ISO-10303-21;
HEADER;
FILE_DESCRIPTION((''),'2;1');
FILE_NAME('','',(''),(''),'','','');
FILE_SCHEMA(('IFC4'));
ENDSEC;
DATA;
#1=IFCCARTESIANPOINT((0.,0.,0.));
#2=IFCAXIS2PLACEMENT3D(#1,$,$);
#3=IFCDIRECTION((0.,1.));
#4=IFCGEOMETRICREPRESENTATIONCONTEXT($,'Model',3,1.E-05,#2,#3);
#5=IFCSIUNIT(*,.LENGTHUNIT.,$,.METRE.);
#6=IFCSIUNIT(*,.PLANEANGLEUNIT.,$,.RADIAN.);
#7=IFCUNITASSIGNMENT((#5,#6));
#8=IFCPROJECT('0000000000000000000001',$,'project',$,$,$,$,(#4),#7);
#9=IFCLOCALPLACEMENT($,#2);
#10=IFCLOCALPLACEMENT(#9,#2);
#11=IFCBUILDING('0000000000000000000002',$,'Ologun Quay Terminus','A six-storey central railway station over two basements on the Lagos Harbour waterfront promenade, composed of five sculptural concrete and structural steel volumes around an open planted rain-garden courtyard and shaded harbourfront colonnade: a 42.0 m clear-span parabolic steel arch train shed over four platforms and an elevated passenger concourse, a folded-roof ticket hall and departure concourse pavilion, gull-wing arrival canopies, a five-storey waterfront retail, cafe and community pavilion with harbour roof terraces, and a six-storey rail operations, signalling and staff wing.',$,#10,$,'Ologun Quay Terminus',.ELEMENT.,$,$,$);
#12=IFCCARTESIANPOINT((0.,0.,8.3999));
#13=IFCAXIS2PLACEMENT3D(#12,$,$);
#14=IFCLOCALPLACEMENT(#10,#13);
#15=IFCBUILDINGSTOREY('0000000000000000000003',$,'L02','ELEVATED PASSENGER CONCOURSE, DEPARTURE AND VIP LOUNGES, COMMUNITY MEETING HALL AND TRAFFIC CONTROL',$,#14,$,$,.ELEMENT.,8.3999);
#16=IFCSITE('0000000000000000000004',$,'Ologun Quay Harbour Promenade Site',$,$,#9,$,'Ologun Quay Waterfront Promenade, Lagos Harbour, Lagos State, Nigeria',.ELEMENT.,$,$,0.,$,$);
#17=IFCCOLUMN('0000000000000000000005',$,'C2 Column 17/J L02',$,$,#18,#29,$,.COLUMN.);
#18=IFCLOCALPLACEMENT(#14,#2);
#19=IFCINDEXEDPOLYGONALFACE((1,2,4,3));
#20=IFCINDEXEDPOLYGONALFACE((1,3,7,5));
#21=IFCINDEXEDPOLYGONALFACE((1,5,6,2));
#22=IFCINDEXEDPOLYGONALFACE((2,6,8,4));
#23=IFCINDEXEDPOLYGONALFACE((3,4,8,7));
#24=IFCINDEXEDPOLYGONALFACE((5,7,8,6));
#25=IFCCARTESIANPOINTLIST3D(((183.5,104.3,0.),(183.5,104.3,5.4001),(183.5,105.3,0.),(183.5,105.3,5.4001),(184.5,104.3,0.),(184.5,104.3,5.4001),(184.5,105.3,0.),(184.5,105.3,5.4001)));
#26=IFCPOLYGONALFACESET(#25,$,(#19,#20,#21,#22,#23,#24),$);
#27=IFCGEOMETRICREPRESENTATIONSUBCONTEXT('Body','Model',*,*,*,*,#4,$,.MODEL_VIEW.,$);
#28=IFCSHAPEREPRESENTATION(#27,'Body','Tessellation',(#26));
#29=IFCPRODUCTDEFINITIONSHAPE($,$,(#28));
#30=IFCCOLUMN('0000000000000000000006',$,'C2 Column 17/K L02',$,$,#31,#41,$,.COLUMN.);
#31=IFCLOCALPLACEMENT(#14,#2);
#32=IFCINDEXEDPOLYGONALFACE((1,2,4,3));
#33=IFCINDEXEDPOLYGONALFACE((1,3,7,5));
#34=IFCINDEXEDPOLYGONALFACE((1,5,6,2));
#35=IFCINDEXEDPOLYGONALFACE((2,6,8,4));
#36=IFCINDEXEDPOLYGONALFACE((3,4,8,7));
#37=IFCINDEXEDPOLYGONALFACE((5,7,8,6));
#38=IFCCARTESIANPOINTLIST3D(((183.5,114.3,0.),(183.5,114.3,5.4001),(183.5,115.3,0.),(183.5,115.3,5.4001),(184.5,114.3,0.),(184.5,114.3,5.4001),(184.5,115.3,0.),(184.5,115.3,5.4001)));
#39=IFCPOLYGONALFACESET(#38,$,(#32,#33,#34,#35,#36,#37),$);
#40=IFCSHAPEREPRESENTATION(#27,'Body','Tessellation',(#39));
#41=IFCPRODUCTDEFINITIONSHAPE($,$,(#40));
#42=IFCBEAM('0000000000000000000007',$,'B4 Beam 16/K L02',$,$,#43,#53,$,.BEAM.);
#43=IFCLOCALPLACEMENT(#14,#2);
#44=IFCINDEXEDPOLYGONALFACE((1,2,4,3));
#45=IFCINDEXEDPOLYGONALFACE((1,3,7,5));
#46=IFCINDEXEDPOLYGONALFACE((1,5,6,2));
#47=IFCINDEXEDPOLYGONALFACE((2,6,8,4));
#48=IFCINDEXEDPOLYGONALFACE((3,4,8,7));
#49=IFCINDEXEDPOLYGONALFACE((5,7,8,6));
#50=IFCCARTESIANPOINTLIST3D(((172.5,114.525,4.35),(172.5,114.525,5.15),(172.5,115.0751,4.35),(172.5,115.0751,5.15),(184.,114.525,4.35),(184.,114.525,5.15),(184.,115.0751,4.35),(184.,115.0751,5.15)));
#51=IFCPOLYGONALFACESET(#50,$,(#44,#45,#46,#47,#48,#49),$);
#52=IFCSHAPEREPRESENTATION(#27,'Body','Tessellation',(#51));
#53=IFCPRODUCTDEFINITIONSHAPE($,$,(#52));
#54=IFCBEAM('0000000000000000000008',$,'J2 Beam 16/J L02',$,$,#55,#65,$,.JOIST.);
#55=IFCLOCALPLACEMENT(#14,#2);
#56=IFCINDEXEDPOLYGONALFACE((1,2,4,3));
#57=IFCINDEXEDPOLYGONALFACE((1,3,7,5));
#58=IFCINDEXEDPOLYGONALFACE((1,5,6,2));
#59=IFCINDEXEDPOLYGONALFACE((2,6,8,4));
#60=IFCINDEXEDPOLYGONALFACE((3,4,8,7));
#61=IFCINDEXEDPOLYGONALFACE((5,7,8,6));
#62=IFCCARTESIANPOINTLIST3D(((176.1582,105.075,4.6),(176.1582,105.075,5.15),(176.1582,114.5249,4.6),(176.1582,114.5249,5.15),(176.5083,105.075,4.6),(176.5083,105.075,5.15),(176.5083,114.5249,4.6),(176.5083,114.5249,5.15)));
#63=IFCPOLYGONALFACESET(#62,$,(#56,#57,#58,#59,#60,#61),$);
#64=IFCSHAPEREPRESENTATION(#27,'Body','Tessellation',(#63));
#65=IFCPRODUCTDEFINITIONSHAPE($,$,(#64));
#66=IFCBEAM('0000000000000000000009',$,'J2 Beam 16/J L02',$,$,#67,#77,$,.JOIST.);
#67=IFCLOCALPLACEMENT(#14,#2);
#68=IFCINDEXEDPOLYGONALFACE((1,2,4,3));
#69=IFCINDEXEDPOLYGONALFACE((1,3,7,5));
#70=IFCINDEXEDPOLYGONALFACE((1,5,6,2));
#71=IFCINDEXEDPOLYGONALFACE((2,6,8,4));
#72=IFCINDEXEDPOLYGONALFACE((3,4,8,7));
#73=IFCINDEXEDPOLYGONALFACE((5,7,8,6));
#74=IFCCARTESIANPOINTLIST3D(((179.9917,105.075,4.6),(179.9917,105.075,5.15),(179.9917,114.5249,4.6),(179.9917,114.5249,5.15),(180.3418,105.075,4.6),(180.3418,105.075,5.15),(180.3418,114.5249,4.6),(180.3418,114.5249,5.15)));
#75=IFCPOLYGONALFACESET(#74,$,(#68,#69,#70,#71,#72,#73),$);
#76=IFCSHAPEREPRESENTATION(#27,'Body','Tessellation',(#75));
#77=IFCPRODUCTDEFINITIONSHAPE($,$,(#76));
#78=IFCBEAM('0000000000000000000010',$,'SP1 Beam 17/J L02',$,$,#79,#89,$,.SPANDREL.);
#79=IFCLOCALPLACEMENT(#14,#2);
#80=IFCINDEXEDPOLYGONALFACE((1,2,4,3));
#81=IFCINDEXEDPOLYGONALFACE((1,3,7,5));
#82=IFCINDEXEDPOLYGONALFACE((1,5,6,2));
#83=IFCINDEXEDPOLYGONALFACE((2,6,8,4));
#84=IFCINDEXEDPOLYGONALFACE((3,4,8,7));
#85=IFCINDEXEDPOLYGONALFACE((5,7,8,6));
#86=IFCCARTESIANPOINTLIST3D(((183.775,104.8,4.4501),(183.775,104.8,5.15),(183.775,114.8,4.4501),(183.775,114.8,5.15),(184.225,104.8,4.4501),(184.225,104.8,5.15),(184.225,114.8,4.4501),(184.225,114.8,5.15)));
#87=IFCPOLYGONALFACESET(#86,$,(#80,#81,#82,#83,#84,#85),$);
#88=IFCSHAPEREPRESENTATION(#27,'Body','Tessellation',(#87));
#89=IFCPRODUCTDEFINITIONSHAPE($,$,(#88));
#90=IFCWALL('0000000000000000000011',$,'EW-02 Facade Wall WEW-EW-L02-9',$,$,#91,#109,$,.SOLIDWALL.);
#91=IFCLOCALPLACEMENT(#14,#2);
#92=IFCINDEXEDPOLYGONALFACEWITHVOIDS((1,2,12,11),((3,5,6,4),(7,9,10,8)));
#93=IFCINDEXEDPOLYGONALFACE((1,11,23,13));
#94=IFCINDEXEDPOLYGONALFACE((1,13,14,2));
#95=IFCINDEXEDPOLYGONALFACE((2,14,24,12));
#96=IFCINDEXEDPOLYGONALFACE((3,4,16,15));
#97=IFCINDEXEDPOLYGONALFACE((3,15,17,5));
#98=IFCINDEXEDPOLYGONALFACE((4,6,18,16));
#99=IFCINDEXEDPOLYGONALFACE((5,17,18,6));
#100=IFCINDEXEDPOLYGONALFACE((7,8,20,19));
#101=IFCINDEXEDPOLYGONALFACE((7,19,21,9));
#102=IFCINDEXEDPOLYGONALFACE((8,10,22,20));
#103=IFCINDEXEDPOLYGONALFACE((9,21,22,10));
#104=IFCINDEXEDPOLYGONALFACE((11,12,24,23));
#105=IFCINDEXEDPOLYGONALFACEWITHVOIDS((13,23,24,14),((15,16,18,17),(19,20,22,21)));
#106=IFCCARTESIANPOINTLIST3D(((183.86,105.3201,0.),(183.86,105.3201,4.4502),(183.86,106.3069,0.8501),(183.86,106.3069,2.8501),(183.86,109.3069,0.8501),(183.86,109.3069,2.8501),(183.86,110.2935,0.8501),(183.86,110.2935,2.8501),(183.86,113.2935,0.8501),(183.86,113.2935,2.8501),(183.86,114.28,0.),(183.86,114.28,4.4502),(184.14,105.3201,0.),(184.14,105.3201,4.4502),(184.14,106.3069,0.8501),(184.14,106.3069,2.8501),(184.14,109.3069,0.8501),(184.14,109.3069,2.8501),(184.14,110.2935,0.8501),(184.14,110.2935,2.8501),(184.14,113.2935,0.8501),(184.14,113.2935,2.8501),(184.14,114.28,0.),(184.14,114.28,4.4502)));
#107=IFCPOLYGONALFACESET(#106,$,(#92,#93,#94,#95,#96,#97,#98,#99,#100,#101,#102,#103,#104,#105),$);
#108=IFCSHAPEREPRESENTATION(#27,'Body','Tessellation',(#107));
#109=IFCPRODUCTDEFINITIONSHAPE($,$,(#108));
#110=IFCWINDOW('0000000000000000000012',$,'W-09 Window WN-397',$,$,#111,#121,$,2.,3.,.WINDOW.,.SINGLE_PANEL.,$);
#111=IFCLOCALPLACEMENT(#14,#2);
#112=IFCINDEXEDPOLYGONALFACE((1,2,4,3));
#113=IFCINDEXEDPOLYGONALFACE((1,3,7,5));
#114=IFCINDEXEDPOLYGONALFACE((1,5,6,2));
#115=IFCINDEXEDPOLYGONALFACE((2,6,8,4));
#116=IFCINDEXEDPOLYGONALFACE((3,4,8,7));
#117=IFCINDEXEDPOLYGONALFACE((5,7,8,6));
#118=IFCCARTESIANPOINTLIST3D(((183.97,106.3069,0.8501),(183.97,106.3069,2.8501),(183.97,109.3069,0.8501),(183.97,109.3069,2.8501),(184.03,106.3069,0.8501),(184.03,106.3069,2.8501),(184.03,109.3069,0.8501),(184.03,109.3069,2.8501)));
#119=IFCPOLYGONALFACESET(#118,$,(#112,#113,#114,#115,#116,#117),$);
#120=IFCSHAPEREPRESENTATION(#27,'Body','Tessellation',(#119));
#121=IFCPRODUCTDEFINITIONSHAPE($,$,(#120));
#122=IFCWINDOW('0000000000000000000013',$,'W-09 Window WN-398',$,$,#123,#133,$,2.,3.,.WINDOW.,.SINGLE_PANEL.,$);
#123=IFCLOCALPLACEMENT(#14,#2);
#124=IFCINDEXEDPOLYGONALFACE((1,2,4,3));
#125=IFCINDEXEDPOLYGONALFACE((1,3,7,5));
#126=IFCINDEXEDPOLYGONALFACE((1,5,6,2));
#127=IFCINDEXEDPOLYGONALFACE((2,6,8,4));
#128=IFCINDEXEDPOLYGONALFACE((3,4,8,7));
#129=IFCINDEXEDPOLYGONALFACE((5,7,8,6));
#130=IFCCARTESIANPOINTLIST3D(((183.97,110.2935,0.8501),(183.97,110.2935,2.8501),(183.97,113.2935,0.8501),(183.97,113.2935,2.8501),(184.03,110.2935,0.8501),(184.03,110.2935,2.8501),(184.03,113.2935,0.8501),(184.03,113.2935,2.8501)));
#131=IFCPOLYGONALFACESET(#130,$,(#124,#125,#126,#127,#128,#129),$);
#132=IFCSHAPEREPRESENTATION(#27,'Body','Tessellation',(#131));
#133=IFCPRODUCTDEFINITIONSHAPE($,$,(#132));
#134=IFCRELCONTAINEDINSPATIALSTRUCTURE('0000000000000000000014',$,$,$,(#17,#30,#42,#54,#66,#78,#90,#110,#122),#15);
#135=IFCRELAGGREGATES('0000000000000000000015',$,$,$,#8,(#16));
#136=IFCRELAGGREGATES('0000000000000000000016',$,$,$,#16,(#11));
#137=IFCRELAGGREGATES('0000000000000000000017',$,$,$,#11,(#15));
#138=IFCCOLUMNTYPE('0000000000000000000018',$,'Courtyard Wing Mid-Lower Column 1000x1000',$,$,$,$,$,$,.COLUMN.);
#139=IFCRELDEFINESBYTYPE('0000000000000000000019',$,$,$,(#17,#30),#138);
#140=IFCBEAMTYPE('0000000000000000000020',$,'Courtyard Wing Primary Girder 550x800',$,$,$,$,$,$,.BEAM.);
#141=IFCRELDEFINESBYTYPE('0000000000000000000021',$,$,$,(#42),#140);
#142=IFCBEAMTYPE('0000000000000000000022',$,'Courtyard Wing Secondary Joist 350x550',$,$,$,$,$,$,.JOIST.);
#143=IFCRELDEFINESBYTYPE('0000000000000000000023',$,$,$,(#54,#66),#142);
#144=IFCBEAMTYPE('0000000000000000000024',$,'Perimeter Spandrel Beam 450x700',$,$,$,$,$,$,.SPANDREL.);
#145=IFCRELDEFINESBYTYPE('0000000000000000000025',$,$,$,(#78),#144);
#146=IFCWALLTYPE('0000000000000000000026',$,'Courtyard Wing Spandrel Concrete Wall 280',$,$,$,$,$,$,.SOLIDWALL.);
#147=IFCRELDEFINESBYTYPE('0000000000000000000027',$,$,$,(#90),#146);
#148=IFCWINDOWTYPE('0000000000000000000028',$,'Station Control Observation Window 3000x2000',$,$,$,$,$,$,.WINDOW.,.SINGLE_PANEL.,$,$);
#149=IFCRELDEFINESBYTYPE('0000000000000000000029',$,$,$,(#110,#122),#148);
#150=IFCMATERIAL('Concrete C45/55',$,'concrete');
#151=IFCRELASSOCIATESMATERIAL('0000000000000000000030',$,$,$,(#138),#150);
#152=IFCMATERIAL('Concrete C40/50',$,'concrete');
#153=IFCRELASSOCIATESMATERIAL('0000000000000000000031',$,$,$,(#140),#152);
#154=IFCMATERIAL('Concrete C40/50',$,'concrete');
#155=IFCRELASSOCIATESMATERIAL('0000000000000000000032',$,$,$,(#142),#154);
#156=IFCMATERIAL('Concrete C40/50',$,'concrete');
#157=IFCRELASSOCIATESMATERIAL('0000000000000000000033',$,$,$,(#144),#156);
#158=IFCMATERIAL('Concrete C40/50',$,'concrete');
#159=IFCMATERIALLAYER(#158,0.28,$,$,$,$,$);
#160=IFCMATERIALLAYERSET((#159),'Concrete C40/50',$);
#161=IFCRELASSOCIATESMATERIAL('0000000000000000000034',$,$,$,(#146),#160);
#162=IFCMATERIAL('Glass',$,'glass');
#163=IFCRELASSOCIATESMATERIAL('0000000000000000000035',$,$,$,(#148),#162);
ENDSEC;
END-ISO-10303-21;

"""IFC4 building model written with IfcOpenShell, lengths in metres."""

from ifc_helpers import new_model, si_unit, direction, frame, frame_2d, origin, origin_2d, place, context, subcontext, project, spatial, rectangle, extrude, material, layer, layer_set, material_profile, profile_set, type_object, element, fill, save


model = new_model("IFC4")

# Units and contexts
model_context = context("Model", 3, precision=1e-05, world=origin(), true_north=direction((0.0, 1.0)))
body_context = subcontext(model_context, "Body", "Model", "MODEL_VIEW")
ifc_project = project(units=[si_unit("LENGTHUNIT", "METRE"), si_unit("PLANEANGLEUNIT", "RADIAN")], contexts=[model_context])

# Site, building, storey
site_placement = place(None, origin())
site = spatial("IfcSite", under=ifc_project, at=site_placement, Name="Ologun Quay Harbour Promenade Site", LongName="Ologun Quay Waterfront Promenade, Lagos Harbour, Lagos State, Nigeria", CompositionType="ELEMENT", RefElevation=0.0)
building_placement = place(site_placement, origin())
building = spatial("IfcBuilding", under=site, at=building_placement, Name="Ologun Quay Terminus", Description="A six-storey central railway station over two basements on the Lagos Harbour waterfront promenade, composed of five sculptural concrete and structural steel volumes around an open planted rain-garden courtyard and shaded harbourfront colonnade: a 42.0 m clear-span parabolic steel arch train shed over four platforms and an elevated passenger concourse, a folded-roof ticket hall and departure concourse pavilion, gull-wing arrival canopies, a five-storey waterfront retail, cafe and community pavilion with harbour roof terraces, and a six-storey rail operations, signalling and staff wing.", LongName="Ologun Quay Terminus", CompositionType="ELEMENT")
storey_placement = place(building_placement, frame((0.0, 0.0, 8.3999)))
storey = spatial("IfcBuildingStorey", under=building, at=storey_placement, Name="L02", Description="ELEVATED PASSENGER CONCOURSE, DEPARTURE AND VIP LOUNGES, COMMUNITY MEETING HALL AND TRAFFIC CONTROL", CompositionType="ELEMENT", Elevation=8.3999)

# Columns
ifc_material_1 = material(Name="Concrete C45/55", Category="concrete")
ifc_material_profile_1 = material_profile(ifc_material_1, rectangle(XDim=1.0, YDim=1.0, at=origin_2d()), Name="RC 1000x1000")
ifc_profile_set_1 = profile_set([ifc_material_profile_1], Name="Concrete C45/55")
column_type = type_object("IfcColumnType", Name="Courtyard Wing Mid-Lower Column 1000x1000", PredefinedType="COLUMN", material=ifc_profile_set_1)
for number, where, z_axis, x_axis, name in (
    (1, (184.0, 104.8, 0.0), (0.0, 0.0, 1.0), (1.0, 0.0, 0.0), "C2 Column 17/J L02"),
    (2, (184.0, 114.8, 0.0), (0.0, 0.0, 1.0), (1.0, 0.0, 0.0), "C2 Column 17/K L02"),
):
    element("IfcColumn", number, at=place(storey_placement, frame(where, z_axis=z_axis, x_axis=x_axis)), inside=storey, type_object=column_type, Name=name, PredefinedType="COLUMN", context=body_context, shape_type="SweptSolid", body=[
        extrude(rectangle(XDim=1.0, YDim=1.0, at=origin_2d()), origin(), (0.0, 0.0, 1.0), 5.4001),
    ])

# Beams
ifc_material_2 = material(Name="Concrete C40/50", Category="concrete")
ifc_material_profile_2 = material_profile(ifc_material_2, rectangle(XDim=0.55, YDim=0.8, at=origin_2d()), Name="RC 550x800")
ifc_profile_set_2 = profile_set([ifc_material_profile_2], Name="Concrete C40/50")
beam_type_1 = type_object("IfcBeamType", Name="Courtyard Wing Primary Girder 550x800", PredefinedType="BEAM", material=ifc_profile_set_2)
beam_1_placement = place(storey_placement, frame((172.5, 114.8, 4.75), z_axis=(1.0, 0.0, 0.0), x_axis=(0.0, 1.0, 0.0)))
element("IfcBeam", 3, at=beam_1_placement, inside=storey, type_object=beam_type_1, Name="B4 Beam 16/K L02", PredefinedType="BEAM", context=body_context, shape_type="SweptSolid", body=[
    extrude(rectangle(XDim=0.55, YDim=0.8, at=origin_2d()), origin(), (0.0, 0.0, 1.0), 11.5),
])
ifc_material_3 = material(Name="Concrete C40/50", Category="concrete")
ifc_material_profile_3 = material_profile(ifc_material_3, rectangle(XDim=0.3501, YDim=0.55, at=origin_2d()), Name="RC 350x550")
ifc_profile_set_3 = profile_set([ifc_material_profile_3], Name="Concrete C40/50")
beam_type_2 = type_object("IfcBeamType", Name="Courtyard Wing Secondary Joist 350x550", PredefinedType="JOIST", material=ifc_profile_set_3)
for number, where, z_axis, x_axis, name in (
    (4, (176.3333, 105.075, 4.875), (0.0, 1.0, 0.0), (-1.0, 0.0, 0.0), "J2 Beam 16/J L02"),
    (5, (180.1667, 105.075, 4.875), (0.0, 1.0, 0.0), (-1.0, 0.0, 0.0), "J2 Beam 16/J L02"),
):
    element("IfcBeam", number, at=place(storey_placement, frame(where, z_axis=z_axis, x_axis=x_axis)), inside=storey, type_object=beam_type_2, Name=name, PredefinedType="JOIST", context=body_context, shape_type="SweptSolid", body=[
        extrude(rectangle(XDim=0.3501, YDim=0.55, at=origin_2d()), origin(), (0.0, 0.0, 1.0), 9.45),
    ])
ifc_material_4 = material(Name="Concrete C40/50", Category="concrete")
ifc_material_profile_4 = material_profile(ifc_material_4, rectangle(XDim=0.45, YDim=0.7, at=origin_2d()), Name="RC 450x700")
ifc_profile_set_4 = profile_set([ifc_material_profile_4], Name="Concrete C40/50")
beam_type_3 = type_object("IfcBeamType", Name="Perimeter Spandrel Beam 450x700", PredefinedType="SPANDREL", material=ifc_profile_set_4)
beam_2_placement = place(storey_placement, frame((184.0, 104.8, 4.8), z_axis=(0.0, 1.0, 0.0), x_axis=(-1.0, 0.0, 0.0)))
element("IfcBeam", 6, at=beam_2_placement, inside=storey, type_object=beam_type_3, Name="SP1 Beam 17/J L02", PredefinedType="SPANDREL", context=body_context, shape_type="SweptSolid", body=[
    extrude(rectangle(XDim=0.45, YDim=0.7, at=origin_2d()), origin(), (0.0, 0.0, 1.0), 10.0),
])

# Wall, openings, windows
ifc_material_5 = material(Name="Concrete C40/50", Category="concrete")
ifc_layer_1 = layer(ifc_material_5, 0.28)
ifc_layer_set_1 = layer_set([ifc_layer_1], Name="Concrete C40/50")
wall_type = type_object("IfcWallType", Name="Courtyard Wing Spandrel Concrete Wall 280", PredefinedType="SOLIDWALL", material=ifc_layer_set_1)
wall_1_placement = place(storey_placement, frame((184.0, 105.3201, 0.0), z_axis=(0.0, 0.0, 1.0), x_axis=(0.0, 1.0, 0.0)))
wall_1 = element("IfcWall", 7, at=wall_1_placement, inside=storey, type_object=wall_type, Name="EW-02 Facade Wall WEW-EW-L02-9", PredefinedType="SOLIDWALL", context=body_context, shape_type="SweptSolid", body=[
    extrude(rectangle(XDim=8.96, YDim=0.28, at=frame_2d((4.48, 0.0))), origin(), (0.0, 0.0, 1.0), 4.4502),
])
opening_1_placement = place(wall_1_placement, frame((0.9868, 0.0, 0.8501)))
opening_1 = element("IfcOpeningElement", 8, at=opening_1_placement, cuts=wall_1, PredefinedType="OPENING", context=body_context, shape_type="SweptSolid", body=[
    extrude(rectangle(XDim=3.0, YDim=2.0, at=frame_2d((1.5, 1.0))), frame((0.0, 0.1499, 0.0), z_axis=(0.0, -1.0, 0.0), x_axis=(1.0, 0.0, 0.0)), (0.0, 0.0, 1.0), 0.3),
])
opening_2_placement = place(wall_1_placement, frame((4.9734, 0.0, 0.8501)))
opening_2 = element("IfcOpeningElement", 9, at=opening_2_placement, cuts=wall_1, PredefinedType="OPENING", context=body_context, shape_type="SweptSolid", body=[
    extrude(rectangle(XDim=3.0, YDim=2.0, at=frame_2d((1.5, 1.0))), frame((0.0, 0.1499, 0.0), z_axis=(0.0, -1.0, 0.0), x_axis=(1.0, 0.0, 0.0)), (0.0, 0.0, 1.0), 0.3),
])
ifc_material_6 = material(Name="Glass", Category="glass")
window_type_1 = type_object("IfcWindowType", Name="Station Control Observation Window 3000x2000", PartitioningType="SINGLE_PANEL", PredefinedType="WINDOW", material=ifc_material_6)
window_1_placement = place(opening_1_placement, origin())
window_1 = element("IfcWindow", 10, at=window_1_placement, inside=storey, type_object=window_type_1, Name="W-09 Window WN-397", OverallHeight=2.0, OverallWidth=3.0, PartitioningType="SINGLE_PANEL", PredefinedType="WINDOW", context=body_context, shape_type="SweptSolid", body=[
    extrude(rectangle(XDim=3.0, YDim=2.0, at=frame_2d((1.5, 1.0))), frame((0.0, 0.03, 0.0), z_axis=(0.0, -1.0, 0.0), x_axis=(1.0, 0.0, 0.0)), (0.0, 0.0, 1.0), 0.0601),
])
fill(opening_1, window_1)
window_2_placement = place(opening_2_placement, origin())
window_2 = element("IfcWindow", 11, at=window_2_placement, inside=storey, type_object=window_type_1, Name="W-09 Window WN-398", OverallHeight=2.0, OverallWidth=3.0, PartitioningType="SINGLE_PANEL", PredefinedType="WINDOW", context=body_context, shape_type="SweptSolid", body=[
    extrude(rectangle(XDim=3.0, YDim=2.0, at=frame_2d((1.5, 1.0))), frame((0.0, 0.03, 0.0), z_axis=(0.0, -1.0, 0.0), x_axis=(1.0, 0.0, 0.0)), (0.0, 0.0, 1.0), 0.0601),
])
fill(opening_2, window_2)

save(model, "model.ifc")
